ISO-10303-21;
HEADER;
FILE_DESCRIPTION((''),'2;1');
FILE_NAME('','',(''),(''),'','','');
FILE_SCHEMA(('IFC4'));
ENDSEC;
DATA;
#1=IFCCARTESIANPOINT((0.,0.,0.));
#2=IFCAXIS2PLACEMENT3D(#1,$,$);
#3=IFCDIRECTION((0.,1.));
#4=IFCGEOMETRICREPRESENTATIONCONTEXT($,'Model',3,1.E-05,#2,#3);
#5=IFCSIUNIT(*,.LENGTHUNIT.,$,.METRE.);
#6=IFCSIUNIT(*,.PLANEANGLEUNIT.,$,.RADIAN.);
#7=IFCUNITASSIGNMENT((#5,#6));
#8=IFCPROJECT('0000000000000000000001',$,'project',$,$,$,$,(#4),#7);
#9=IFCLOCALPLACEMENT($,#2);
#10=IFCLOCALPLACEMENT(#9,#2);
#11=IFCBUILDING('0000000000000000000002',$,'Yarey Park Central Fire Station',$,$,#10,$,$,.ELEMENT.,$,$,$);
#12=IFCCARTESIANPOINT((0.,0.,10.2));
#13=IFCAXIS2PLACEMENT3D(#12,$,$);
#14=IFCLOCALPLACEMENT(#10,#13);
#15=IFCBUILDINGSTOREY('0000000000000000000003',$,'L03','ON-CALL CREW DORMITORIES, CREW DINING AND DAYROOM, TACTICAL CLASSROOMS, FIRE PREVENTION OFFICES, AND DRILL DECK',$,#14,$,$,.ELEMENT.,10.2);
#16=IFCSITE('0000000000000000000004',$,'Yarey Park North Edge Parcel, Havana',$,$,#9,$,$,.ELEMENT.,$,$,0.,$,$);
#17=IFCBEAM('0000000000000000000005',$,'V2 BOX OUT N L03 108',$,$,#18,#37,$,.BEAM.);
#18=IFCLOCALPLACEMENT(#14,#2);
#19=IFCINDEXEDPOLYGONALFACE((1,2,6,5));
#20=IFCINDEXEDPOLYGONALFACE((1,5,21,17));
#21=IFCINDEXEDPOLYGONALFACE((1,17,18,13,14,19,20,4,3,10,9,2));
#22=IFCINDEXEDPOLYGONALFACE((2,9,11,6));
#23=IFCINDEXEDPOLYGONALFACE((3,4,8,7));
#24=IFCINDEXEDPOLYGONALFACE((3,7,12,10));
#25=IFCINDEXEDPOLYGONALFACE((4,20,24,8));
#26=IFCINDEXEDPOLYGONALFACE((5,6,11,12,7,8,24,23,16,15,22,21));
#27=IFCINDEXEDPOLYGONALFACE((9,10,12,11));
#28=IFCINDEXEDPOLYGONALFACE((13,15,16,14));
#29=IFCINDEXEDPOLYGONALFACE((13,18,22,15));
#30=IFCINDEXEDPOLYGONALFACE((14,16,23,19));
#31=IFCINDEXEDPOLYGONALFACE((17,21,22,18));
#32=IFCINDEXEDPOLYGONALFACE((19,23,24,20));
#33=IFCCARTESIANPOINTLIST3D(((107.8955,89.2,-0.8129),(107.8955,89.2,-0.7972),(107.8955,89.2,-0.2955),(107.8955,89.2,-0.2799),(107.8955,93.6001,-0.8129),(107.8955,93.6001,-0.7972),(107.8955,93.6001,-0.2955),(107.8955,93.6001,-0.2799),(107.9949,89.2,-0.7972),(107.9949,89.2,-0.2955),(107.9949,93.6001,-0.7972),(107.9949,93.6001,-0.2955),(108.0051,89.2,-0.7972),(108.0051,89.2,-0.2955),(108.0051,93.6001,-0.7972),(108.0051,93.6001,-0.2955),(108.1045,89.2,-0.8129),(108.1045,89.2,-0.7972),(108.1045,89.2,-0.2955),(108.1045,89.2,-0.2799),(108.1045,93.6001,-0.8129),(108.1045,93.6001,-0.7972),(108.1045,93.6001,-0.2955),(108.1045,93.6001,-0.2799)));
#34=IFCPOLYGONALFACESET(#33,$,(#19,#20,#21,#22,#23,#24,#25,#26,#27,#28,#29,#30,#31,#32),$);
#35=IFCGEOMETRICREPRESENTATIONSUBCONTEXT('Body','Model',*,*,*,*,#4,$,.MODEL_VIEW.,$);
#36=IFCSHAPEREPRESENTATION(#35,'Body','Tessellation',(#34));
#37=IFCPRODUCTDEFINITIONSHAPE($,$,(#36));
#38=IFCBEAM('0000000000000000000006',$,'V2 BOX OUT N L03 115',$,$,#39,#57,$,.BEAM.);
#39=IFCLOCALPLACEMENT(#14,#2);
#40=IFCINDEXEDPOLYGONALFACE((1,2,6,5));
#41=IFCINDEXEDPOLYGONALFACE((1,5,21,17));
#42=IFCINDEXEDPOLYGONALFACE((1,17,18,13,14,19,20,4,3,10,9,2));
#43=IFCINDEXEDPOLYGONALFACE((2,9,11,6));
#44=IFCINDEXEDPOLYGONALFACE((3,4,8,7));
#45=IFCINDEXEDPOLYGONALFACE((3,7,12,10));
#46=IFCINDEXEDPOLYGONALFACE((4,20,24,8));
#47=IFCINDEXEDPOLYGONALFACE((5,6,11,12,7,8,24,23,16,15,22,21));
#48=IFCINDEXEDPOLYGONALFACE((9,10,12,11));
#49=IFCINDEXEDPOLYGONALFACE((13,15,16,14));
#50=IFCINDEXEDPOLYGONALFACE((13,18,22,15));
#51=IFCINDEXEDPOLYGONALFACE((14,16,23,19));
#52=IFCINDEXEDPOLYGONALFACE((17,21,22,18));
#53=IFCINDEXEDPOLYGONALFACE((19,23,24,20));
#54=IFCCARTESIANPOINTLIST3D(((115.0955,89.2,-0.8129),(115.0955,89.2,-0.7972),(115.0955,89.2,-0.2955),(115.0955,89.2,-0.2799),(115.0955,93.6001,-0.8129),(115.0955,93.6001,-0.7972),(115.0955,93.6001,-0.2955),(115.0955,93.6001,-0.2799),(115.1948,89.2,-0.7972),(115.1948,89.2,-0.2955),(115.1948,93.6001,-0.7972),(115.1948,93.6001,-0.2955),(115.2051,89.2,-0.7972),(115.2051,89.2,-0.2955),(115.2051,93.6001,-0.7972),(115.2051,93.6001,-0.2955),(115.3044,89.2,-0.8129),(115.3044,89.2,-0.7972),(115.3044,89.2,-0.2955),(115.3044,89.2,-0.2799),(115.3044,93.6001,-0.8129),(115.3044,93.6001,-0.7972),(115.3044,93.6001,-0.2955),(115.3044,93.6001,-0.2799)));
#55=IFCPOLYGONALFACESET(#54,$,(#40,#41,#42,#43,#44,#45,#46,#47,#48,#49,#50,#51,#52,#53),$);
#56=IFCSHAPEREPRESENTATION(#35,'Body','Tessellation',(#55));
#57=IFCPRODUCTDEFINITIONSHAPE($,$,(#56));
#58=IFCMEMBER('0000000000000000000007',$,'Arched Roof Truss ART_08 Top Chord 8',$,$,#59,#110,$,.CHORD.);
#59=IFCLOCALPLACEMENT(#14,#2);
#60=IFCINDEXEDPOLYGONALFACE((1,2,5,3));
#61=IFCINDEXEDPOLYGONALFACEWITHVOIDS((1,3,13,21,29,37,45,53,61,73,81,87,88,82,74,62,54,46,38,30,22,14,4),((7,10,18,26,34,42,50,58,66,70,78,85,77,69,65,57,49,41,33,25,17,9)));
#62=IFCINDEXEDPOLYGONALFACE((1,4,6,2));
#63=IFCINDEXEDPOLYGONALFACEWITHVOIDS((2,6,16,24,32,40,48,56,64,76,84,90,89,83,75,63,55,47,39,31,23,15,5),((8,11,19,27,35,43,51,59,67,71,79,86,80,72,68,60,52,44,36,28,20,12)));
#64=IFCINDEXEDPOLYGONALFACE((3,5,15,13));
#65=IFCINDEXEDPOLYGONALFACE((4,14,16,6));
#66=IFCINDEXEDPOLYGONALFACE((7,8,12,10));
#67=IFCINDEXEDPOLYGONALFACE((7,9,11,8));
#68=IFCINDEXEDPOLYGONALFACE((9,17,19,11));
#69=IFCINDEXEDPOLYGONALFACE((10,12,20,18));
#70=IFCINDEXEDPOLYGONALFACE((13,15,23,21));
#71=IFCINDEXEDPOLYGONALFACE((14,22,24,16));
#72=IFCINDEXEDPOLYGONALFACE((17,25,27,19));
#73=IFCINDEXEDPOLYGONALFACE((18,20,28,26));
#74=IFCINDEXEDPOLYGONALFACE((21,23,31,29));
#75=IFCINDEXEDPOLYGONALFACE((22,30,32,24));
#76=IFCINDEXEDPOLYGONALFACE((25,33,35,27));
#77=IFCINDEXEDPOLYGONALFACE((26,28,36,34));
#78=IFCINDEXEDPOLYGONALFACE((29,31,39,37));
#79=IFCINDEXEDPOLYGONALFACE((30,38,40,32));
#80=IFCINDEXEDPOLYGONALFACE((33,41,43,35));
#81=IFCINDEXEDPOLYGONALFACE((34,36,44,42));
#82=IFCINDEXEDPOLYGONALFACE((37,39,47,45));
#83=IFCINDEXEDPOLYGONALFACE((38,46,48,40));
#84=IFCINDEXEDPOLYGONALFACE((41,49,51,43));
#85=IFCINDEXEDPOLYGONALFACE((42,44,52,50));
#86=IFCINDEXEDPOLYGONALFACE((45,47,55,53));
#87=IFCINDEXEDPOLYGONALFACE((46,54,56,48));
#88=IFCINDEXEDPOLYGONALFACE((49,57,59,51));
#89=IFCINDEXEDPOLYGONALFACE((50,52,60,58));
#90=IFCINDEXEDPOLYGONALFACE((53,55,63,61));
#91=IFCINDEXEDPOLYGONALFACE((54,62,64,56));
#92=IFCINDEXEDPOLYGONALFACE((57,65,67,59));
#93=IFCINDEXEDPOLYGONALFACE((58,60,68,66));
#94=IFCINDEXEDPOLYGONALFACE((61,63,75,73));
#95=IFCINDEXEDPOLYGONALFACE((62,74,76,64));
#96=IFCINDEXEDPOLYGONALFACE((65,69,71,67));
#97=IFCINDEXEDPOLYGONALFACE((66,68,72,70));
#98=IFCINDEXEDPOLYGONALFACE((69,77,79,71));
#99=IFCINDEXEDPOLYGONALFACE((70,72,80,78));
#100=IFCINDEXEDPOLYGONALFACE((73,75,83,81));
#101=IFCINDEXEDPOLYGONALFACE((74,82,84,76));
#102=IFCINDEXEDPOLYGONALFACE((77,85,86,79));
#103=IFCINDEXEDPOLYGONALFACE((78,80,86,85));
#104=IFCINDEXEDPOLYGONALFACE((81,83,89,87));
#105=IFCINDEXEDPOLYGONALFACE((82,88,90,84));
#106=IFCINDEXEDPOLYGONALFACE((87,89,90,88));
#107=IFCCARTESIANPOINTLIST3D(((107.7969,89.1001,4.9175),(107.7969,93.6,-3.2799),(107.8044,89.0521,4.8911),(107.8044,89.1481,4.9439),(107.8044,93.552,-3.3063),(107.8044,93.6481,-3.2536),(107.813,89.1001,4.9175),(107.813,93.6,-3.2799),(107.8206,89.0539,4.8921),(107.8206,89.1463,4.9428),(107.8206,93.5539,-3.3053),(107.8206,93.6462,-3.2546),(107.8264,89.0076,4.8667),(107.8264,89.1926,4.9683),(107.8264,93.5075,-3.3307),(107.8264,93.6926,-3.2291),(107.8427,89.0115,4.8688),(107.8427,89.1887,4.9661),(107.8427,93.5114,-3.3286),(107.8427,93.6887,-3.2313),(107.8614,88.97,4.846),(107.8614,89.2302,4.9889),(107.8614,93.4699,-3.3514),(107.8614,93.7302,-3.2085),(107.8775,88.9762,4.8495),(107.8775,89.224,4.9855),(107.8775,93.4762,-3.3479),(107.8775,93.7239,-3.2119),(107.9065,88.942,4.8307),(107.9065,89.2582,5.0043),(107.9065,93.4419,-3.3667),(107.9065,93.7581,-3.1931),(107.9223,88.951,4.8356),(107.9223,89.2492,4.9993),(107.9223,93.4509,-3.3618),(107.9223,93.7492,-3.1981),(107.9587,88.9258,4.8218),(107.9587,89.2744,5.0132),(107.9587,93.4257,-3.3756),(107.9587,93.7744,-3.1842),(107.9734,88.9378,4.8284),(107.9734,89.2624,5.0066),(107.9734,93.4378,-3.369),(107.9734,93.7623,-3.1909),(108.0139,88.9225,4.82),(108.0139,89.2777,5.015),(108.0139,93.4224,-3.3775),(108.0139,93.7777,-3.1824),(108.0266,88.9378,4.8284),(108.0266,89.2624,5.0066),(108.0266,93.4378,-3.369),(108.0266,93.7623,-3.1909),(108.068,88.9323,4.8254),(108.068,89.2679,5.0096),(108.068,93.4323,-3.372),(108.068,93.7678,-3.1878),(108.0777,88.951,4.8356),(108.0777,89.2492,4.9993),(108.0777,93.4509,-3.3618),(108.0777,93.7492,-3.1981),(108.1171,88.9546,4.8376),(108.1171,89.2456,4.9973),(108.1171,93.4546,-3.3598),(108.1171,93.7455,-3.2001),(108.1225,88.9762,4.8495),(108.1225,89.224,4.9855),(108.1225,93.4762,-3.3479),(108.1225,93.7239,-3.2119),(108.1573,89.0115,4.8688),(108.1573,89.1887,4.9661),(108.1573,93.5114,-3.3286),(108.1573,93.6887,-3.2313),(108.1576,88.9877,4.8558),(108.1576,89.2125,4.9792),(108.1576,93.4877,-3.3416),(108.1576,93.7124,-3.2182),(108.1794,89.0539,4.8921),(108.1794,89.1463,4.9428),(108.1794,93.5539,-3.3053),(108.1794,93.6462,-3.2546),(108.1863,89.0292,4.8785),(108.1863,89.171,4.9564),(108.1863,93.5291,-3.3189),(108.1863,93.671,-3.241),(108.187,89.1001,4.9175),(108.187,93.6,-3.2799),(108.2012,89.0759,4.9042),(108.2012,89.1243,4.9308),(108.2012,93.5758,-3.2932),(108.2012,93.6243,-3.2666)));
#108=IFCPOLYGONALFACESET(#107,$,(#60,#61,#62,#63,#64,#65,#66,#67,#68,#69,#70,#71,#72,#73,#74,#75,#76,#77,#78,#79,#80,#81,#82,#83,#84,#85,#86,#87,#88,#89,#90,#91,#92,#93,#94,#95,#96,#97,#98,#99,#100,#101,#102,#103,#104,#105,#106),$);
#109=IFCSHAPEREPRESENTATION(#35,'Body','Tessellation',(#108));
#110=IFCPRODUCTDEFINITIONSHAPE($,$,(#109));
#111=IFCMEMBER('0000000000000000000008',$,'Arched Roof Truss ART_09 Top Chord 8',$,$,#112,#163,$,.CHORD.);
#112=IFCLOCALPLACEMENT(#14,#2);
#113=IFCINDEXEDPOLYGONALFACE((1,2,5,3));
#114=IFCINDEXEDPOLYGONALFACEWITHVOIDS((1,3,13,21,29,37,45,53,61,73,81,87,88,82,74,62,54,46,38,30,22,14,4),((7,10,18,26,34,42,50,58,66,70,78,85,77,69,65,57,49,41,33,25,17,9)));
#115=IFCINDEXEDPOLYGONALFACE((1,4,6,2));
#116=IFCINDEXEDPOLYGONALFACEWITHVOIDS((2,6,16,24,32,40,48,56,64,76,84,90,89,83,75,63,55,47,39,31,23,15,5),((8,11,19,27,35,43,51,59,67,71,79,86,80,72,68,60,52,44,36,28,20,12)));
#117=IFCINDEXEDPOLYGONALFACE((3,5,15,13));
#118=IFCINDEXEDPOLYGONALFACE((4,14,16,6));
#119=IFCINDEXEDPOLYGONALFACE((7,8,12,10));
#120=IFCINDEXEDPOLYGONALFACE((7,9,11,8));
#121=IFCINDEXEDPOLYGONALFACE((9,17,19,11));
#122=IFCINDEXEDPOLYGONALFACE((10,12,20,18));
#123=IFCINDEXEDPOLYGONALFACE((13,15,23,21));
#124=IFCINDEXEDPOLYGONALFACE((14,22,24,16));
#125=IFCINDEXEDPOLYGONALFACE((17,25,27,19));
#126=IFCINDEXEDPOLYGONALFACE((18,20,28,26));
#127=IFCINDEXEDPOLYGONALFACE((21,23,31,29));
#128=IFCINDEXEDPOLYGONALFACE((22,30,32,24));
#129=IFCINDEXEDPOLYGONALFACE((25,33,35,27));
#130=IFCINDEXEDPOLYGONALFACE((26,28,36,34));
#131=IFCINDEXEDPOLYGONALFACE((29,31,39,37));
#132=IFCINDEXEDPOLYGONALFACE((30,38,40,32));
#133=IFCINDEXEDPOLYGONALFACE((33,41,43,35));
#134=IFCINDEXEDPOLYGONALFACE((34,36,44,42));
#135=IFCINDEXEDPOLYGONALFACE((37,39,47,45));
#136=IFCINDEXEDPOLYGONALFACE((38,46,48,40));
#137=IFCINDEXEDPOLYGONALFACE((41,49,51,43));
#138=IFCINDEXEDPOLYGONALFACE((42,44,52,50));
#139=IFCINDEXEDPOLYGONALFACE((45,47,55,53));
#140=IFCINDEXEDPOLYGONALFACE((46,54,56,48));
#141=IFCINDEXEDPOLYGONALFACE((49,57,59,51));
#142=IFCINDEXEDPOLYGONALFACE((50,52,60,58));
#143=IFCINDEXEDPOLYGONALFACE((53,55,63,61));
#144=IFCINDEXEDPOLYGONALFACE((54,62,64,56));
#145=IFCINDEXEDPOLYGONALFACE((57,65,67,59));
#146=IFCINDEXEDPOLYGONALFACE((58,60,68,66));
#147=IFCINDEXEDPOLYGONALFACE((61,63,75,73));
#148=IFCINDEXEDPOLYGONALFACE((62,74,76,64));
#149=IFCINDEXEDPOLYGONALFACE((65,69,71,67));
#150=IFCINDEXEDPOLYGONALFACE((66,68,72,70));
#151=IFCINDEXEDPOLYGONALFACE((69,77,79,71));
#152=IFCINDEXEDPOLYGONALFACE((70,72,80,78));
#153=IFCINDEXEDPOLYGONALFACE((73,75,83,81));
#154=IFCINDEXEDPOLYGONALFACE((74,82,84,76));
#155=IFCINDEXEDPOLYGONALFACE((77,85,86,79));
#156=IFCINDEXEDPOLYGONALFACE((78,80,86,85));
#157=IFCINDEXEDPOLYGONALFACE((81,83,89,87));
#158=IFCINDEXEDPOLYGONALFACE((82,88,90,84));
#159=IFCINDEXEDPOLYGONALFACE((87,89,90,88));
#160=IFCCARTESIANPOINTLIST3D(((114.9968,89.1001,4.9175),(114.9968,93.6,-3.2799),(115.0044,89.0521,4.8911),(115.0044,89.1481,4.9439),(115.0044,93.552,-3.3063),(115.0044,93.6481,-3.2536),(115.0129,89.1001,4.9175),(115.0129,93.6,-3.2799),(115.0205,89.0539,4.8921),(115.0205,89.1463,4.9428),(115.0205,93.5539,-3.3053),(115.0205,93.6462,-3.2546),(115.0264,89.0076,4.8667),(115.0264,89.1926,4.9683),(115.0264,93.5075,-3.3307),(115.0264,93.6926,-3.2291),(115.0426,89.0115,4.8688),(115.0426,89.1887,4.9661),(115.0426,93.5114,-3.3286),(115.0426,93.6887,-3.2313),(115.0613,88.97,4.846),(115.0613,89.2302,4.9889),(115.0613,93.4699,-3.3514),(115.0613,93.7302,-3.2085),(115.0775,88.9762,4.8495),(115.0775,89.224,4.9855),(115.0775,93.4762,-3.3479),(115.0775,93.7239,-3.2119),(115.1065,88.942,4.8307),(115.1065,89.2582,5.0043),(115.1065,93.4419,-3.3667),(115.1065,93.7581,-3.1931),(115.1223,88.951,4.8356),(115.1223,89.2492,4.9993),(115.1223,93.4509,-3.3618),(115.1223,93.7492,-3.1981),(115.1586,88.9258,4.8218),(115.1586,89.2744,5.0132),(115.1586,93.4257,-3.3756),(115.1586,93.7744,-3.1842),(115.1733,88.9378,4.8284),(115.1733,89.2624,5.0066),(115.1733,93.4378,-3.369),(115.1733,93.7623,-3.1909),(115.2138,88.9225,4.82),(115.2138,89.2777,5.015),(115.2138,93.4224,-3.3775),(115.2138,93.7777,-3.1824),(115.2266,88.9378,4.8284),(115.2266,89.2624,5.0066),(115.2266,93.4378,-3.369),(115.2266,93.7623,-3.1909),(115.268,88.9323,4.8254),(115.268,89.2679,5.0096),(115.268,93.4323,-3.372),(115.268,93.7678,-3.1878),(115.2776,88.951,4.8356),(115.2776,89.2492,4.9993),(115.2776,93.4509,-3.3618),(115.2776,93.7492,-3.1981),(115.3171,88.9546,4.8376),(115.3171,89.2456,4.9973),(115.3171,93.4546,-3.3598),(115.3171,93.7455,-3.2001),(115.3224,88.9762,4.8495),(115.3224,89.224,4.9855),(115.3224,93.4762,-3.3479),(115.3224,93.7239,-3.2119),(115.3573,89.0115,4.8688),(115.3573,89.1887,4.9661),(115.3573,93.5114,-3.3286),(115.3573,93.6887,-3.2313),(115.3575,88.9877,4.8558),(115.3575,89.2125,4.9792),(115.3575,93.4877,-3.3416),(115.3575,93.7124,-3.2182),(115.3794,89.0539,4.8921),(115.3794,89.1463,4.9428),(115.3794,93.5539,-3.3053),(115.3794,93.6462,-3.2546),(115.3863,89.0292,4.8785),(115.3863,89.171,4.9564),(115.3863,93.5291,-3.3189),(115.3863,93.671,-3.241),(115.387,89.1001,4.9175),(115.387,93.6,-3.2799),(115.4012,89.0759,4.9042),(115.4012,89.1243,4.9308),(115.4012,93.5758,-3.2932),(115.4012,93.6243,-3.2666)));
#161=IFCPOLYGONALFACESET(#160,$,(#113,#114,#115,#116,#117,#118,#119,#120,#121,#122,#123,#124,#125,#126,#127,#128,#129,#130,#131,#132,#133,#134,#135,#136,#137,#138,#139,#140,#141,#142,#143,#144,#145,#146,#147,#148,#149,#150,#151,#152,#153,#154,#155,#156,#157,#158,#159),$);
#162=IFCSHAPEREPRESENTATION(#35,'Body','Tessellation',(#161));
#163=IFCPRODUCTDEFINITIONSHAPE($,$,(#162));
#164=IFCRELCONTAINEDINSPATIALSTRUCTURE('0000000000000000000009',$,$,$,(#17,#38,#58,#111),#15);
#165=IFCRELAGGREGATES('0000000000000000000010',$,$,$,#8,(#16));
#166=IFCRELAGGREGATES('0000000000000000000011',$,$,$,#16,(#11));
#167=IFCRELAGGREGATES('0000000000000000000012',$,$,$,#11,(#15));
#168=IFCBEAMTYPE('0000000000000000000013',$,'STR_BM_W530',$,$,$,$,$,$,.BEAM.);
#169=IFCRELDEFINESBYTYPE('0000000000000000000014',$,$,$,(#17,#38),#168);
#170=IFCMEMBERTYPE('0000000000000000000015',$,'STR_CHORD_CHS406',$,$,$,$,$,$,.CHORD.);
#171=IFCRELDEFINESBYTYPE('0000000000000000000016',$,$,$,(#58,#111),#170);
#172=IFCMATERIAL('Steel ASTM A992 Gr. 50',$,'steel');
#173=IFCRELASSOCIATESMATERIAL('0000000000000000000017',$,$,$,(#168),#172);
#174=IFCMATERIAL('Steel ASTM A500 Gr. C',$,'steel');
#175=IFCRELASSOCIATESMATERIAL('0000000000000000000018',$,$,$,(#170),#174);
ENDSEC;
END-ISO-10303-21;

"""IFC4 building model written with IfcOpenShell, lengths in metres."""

from ifc_helpers import new_model, si_unit, direction, frame, origin, origin_2d, place, context, subcontext, project, spatial, hollow_circle, i_section, extrude, material, material_profile, profile_set, type_object, element, save


model = new_model("IFC4")

# Units and contexts
model_context = context("Model", 3, precision=1e-05, world=origin(), true_north=direction((0.0, 1.0)))
body_context = subcontext(model_context, "Body", "Model", "MODEL_VIEW")
ifc_project = project(units=[si_unit("LENGTHUNIT", "METRE"), si_unit("PLANEANGLEUNIT", "RADIAN")], contexts=[model_context])

# Site, building, storey
site_placement = place(None, origin())
site = spatial("IfcSite", under=ifc_project, at=site_placement, Name="Yarey Park North Edge Parcel, Havana", CompositionType="ELEMENT", RefElevation=0.0)
building_placement = place(site_placement, origin())
building = spatial("IfcBuilding", under=site, at=building_placement, Name="Yarey Park Central Fire Station", CompositionType="ELEMENT")
storey_placement = place(building_placement, frame((0.0, 0.0, 10.2)))
storey = spatial("IfcBuildingStorey", under=building, at=storey_placement, Name="L03", Description="ON-CALL CREW DORMITORIES, CREW DINING AND DAYROOM, TACTICAL CLASSROOMS, FIRE PREVENTION OFFICES, AND DRILL DECK", CompositionType="ELEMENT", Elevation=10.2)

# Beams
ifc_material_1 = material(Name="Steel ASTM A992 Gr. 50", Category="steel")
ifc_material_profile_1 = material_profile(ifc_material_1, i_section(OverallWidth=0.209, OverallDepth=0.533, WebThickness=0.0103, FlangeThickness=0.0156, at=origin_2d()), Name="W530x92")
ifc_profile_set_1 = profile_set([ifc_material_profile_1], Name="Steel ASTM A992 Gr. 50")
beam_type = type_object("IfcBeamType", Name="STR_BM_W530", PredefinedType="BEAM", material=ifc_profile_set_1)
for number, where, z_axis, x_axis, name in (
    (1, (108.0, 89.2, -0.5464), (0.0, 1.0, 0.0), (-1.0, 0.0, 0.0), "V2 BOX OUT N L03 108"),
    (2, (115.2, 89.2, -0.5464), (0.0, 1.0, 0.0), (-1.0, 0.0, 0.0), "V2 BOX OUT N L03 115"),
):
    element("IfcBeam", number, at=place(storey_placement, frame(where, z_axis=z_axis, x_axis=x_axis)), inside=storey, type_object=beam_type, Name=name, PredefinedType="BEAM", context=body_context, shape_type="SweptSolid", body=[
        extrude(i_section(OverallWidth=0.209, OverallDepth=0.533, WebThickness=0.0103, FlangeThickness=0.0156, at=origin_2d()), origin(), (0.0, 0.0, 1.0), 4.4001),
    ])

# Members
ifc_material_2 = material(Name="Steel ASTM A500 Gr. C", Category="steel")
ifc_material_profile_2 = material_profile(ifc_material_2, hollow_circle(Radius=0.2031, WallThickness=0.0161, at=origin_2d()), Name="CHS 406.4x16")
ifc_profile_set_2 = profile_set([ifc_material_profile_2], Name="Steel ASTM A500 Gr. C")
member_type_1 = type_object("IfcMemberType", Name="STR_CHORD_CHS406", PredefinedType="CHORD", material=ifc_profile_set_2)
for number, where, z_axis, x_axis, name in (
    (3, (108.0, 89.1001, 4.9175), (0.0, 0.48121, -0.876605), (-1.0, 0.0, 0.0), "Arched Roof Truss ART_08 Top Chord 8"),
    (4, (115.2, 89.1001, 4.9175), (0.0, 0.48121, -0.876605), (-1.0, 0.0, 0.0), "Arched Roof Truss ART_09 Top Chord 8"),
):
    element("IfcMember", number, at=place(storey_placement, frame(where, z_axis=z_axis, x_axis=x_axis)), inside=storey, type_object=member_type_1, Name=name, PredefinedType="CHORD", context=body_context, shape_type="SweptSolid", body=[
        extrude(hollow_circle(Radius=0.2031, WallThickness=0.0161, at=origin_2d()), origin(), (0.0, 0.0, 1.0), 9.3513),
    ])

save(model, "model.ifc")
